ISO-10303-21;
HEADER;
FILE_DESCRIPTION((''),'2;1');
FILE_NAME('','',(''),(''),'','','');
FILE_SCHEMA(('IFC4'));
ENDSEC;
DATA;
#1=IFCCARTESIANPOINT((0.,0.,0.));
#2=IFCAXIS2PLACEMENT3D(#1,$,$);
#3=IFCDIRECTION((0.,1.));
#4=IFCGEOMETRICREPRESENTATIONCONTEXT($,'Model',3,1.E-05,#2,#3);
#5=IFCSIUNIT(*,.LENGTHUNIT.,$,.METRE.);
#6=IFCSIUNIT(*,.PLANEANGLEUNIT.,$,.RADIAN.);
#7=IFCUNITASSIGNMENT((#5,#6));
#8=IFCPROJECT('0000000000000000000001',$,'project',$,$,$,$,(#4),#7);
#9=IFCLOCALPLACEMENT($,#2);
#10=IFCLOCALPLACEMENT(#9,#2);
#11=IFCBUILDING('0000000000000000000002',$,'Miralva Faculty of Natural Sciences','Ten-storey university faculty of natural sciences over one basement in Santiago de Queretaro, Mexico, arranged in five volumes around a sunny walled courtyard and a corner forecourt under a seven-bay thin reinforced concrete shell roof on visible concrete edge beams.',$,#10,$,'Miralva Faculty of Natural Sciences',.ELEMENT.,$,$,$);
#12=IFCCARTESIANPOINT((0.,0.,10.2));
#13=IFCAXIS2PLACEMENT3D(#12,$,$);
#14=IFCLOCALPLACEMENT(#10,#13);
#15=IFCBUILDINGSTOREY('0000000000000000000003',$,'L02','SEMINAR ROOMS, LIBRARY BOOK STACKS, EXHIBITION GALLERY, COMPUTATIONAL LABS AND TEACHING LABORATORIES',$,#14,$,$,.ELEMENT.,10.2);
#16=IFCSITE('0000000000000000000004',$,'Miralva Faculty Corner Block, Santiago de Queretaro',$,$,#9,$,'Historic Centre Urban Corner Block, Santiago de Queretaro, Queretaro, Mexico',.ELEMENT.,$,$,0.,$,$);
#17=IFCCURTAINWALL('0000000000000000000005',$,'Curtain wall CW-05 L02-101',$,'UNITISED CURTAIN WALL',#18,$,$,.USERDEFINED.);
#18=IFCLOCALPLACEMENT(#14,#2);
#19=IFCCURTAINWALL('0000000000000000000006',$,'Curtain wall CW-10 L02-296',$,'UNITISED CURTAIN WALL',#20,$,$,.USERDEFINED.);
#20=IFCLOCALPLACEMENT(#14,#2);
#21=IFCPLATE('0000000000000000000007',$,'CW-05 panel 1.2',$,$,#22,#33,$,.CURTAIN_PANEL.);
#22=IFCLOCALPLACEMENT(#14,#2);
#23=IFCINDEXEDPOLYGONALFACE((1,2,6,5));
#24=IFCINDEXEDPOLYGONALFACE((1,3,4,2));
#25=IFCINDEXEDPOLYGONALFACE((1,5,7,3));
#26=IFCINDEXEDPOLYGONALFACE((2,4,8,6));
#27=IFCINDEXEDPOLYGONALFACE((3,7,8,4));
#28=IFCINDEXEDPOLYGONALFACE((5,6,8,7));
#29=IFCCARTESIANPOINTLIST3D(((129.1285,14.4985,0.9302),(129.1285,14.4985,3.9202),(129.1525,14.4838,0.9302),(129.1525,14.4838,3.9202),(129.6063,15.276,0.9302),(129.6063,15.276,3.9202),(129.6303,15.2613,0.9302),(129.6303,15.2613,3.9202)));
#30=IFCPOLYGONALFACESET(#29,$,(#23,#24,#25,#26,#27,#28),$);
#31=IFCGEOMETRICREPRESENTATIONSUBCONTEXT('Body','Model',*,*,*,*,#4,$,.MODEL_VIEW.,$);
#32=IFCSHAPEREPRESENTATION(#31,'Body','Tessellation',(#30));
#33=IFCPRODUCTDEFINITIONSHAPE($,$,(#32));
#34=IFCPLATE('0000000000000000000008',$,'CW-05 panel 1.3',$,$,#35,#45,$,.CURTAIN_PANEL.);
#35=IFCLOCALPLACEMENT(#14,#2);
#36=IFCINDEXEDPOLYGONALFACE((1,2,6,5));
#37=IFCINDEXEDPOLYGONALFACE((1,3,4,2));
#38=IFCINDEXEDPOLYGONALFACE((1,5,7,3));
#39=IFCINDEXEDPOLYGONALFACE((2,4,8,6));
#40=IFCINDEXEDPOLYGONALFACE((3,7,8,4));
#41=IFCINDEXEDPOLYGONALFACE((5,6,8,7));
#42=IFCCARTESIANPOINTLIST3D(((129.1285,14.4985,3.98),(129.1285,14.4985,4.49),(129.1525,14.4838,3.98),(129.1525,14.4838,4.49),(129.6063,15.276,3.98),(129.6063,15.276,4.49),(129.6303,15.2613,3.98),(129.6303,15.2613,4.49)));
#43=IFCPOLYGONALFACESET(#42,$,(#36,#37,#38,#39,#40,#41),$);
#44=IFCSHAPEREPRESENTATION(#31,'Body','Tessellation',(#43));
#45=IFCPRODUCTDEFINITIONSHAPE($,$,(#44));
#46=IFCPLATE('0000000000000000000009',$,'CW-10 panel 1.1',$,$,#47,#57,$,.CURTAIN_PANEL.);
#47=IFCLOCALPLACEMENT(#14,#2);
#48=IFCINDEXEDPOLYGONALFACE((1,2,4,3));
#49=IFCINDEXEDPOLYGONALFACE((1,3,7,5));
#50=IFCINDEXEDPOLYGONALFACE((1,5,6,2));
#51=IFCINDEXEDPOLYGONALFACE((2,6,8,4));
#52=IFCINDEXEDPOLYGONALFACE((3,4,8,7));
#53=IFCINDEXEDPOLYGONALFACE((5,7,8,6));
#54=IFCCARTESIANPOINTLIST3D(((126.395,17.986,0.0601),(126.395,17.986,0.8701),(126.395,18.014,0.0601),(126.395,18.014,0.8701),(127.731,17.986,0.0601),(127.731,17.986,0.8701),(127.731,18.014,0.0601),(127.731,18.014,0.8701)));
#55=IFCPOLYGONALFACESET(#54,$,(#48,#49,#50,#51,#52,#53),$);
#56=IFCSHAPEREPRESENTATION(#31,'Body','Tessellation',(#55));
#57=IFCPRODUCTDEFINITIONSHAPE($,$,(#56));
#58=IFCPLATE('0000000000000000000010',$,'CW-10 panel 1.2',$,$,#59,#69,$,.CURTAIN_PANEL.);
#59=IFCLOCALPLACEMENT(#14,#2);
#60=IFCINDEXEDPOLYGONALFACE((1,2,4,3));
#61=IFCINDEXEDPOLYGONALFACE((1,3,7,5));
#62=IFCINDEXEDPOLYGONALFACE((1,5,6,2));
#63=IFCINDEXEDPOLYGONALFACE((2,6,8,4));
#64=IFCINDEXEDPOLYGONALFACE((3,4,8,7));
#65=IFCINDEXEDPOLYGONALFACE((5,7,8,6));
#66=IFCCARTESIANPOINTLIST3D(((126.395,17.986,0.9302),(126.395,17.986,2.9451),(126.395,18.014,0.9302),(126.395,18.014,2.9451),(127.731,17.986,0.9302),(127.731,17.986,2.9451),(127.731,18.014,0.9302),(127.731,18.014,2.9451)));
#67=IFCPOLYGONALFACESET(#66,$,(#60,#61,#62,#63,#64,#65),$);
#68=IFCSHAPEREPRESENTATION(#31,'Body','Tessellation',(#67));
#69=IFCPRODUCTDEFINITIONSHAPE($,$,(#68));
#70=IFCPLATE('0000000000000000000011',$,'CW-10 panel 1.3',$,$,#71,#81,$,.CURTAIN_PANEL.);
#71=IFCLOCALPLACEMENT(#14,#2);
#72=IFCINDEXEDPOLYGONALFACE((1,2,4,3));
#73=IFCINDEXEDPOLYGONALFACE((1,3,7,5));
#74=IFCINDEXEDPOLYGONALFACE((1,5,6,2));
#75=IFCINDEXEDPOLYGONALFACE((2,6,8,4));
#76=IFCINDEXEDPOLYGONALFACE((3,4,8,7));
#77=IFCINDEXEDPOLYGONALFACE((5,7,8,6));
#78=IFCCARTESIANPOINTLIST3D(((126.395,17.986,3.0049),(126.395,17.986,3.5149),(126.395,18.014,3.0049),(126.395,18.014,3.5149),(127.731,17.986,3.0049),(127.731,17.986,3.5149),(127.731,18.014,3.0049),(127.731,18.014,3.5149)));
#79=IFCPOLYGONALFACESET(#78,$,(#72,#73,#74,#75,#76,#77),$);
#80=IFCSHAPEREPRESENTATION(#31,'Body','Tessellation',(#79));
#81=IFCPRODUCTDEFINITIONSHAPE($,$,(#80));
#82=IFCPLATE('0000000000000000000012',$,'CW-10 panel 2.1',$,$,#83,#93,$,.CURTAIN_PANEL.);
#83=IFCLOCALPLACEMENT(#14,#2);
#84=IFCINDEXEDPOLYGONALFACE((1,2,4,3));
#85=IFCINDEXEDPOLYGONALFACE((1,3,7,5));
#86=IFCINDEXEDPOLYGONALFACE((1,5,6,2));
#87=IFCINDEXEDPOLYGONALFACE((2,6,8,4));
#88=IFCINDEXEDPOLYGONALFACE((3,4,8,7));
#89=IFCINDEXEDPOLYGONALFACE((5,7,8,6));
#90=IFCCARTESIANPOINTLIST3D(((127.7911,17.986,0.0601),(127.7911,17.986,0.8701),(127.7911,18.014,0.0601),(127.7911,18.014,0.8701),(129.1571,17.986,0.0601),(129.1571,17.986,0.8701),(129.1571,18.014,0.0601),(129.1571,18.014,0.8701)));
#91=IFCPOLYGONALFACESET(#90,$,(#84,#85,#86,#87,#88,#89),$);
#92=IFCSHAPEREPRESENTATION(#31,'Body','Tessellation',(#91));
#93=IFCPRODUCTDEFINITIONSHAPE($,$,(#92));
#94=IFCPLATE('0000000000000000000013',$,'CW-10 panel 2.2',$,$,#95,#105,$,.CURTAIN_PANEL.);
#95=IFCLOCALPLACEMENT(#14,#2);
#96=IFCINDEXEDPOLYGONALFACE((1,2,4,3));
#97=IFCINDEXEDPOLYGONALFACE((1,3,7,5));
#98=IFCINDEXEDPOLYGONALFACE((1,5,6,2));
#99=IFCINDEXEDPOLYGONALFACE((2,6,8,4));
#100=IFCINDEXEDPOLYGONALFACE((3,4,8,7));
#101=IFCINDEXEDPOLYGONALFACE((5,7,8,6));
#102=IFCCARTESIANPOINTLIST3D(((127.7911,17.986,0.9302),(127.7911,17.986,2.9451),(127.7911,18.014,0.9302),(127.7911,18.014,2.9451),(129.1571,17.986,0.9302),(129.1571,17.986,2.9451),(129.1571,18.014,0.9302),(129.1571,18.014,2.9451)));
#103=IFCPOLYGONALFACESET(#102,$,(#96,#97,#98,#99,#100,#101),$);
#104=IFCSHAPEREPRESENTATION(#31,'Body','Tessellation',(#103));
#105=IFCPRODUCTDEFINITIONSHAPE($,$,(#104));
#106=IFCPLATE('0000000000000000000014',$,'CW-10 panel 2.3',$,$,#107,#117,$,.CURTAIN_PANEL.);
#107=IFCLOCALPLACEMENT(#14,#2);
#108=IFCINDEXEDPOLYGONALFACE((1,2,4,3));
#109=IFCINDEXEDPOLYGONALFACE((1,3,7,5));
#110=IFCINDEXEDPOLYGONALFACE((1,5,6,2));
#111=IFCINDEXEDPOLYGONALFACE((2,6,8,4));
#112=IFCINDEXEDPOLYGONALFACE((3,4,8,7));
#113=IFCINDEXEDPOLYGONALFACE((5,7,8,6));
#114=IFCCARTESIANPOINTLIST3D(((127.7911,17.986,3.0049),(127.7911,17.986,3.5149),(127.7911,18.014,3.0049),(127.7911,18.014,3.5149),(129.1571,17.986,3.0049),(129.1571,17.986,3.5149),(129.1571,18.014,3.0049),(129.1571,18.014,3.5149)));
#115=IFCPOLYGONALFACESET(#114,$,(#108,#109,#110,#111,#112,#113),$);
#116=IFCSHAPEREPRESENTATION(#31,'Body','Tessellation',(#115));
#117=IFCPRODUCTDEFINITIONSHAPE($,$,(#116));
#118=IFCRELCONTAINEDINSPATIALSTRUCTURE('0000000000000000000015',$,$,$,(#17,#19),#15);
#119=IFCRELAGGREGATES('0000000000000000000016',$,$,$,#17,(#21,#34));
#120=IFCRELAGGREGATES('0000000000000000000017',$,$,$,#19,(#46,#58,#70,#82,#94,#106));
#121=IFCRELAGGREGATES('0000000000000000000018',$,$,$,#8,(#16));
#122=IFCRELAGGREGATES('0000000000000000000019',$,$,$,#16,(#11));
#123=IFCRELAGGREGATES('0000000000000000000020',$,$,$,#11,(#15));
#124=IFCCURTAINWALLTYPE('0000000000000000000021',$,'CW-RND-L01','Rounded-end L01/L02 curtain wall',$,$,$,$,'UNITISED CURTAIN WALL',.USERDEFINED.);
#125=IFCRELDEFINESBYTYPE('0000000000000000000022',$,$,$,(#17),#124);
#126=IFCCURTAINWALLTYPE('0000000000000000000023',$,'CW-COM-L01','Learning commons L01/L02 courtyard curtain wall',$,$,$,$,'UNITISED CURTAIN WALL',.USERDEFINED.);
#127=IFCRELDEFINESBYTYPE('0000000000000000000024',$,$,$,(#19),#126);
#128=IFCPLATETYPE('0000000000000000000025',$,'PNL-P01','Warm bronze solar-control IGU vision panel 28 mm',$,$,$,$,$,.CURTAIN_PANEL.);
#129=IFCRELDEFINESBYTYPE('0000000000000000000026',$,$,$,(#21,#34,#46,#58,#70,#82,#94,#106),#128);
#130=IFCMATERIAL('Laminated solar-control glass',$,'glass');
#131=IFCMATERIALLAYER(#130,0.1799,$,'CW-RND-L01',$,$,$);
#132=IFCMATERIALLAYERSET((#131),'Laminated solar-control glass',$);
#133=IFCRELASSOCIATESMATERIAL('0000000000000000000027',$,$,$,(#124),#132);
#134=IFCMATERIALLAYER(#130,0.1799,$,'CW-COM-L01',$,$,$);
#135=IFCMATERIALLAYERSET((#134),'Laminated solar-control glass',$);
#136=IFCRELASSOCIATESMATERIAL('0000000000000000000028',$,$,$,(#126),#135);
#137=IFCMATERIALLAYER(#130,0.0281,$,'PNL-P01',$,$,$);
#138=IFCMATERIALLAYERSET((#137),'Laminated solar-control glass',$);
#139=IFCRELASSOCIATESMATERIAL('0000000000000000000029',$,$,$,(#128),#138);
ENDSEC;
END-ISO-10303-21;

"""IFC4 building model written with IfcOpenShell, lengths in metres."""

from ifc_helpers import new_model, si_unit, direction, frame, origin, origin_2d, place, context, subcontext, project, spatial, rectangle, extrude, material, layer, layer_set, type_object, element, aggregate, save


model = new_model("IFC4")

# Units and contexts
model_context = context("Model", 3, precision=1e-05, world=origin(), true_north=direction((0.0, 1.0)))
body_context = subcontext(model_context, "Body", "Model", "MODEL_VIEW")
ifc_project = project(units=[si_unit("LENGTHUNIT", "METRE"), si_unit("PLANEANGLEUNIT", "RADIAN")], contexts=[model_context])

# Site, building, storey
site_placement = place(None, origin())
site = spatial("IfcSite", under=ifc_project, at=site_placement, Name="Miralva Faculty Corner Block, Santiago de Queretaro", LongName="Historic Centre Urban Corner Block, Santiago de Queretaro, Queretaro, Mexico", CompositionType="ELEMENT", RefElevation=0.0)
building_placement = place(site_placement, origin())
building = spatial("IfcBuilding", under=site, at=building_placement, Name="Miralva Faculty of Natural Sciences", Description="Ten-storey university faculty of natural sciences over one basement in Santiago de Queretaro, Mexico, arranged in five volumes around a sunny walled courtyard and a corner forecourt under a seven-bay thin reinforced concrete shell roof on visible concrete edge beams.", LongName="Miralva Faculty of Natural Sciences", CompositionType="ELEMENT")
storey_placement = place(building_placement, frame((0.0, 0.0, 10.2)))
storey = spatial("IfcBuildingStorey", under=building, at=storey_placement, Name="L02", Description="SEMINAR ROOMS, LIBRARY BOOK STACKS, EXHIBITION GALLERY, COMPUTATIONAL LABS AND TEACHING LABORATORIES", CompositionType="ELEMENT", Elevation=10.2)

# Curtain wall
ifc_material_1 = material(Name="Laminated solar-control glass", Category="glass")
ifc_layer_1 = layer(ifc_material_1, 0.1799, Name="CW-RND-L01")
ifc_layer_set_1 = layer_set([ifc_layer_1], Name="Laminated solar-control glass")
curtain_wall_type_1 = type_object("IfcCurtainWallType", Name="CW-RND-L01", Description="Rounded-end L01/L02 curtain wall", ElementType="UNITISED CURTAIN WALL", PredefinedType="USERDEFINED", material=ifc_layer_set_1)
curtain_wall_1_placement = place(storey_placement, origin())
curtain_wall_1 = element("IfcCurtainWall", 1, at=curtain_wall_1_placement, inside=storey, type_object=curtain_wall_type_1, Name="Curtain wall CW-05 L02-101", ObjectType="UNITISED CURTAIN WALL", PredefinedType="USERDEFINED")

# Curtain wall
ifc_layer_2 = layer(ifc_material_1, 0.1799, Name="CW-COM-L01")
ifc_layer_set_2 = layer_set([ifc_layer_2], Name="Laminated solar-control glass")
curtain_wall_type_2 = type_object("IfcCurtainWallType", Name="CW-COM-L01", Description="Learning commons L01/L02 courtyard curtain wall", ElementType="UNITISED CURTAIN WALL", PredefinedType="USERDEFINED", material=ifc_layer_set_2)
curtain_wall_2_placement = place(storey_placement, origin())
curtain_wall_2 = element("IfcCurtainWall", 2, at=curtain_wall_2_placement, inside=storey, type_object=curtain_wall_type_2, Name="Curtain wall CW-10 L02-296", ObjectType="UNITISED CURTAIN WALL", PredefinedType="USERDEFINED")

# Plates
ifc_layer_3 = layer(ifc_material_1, 0.0281, Name="PNL-P01")
ifc_layer_set_3 = layer_set([ifc_layer_3], Name="Laminated solar-control glass")
plate_type = type_object("IfcPlateType", Name="PNL-P01", Description="Warm bronze solar-control IGU vision panel 28 mm", PredefinedType="CURTAIN_PANEL", material=ifc_layer_set_3)
plate_1_placement = place(storey_placement, frame((129.3794, 14.8799, 0.9302), z_axis=(0.0, 0.0, 1.0), x_axis=(0.523551, 0.851995, 0.0)))
plate_1 = element("IfcPlate", 3, at=plate_1_placement, type_object=plate_type, Name="CW-05 panel 1.2", PredefinedType="CURTAIN_PANEL", context=body_context, shape_type="SweptSolid", body=[
    extrude(rectangle(XDim=0.9126, YDim=0.0281, at=origin_2d()), origin(), (0.0, 0.0, 1.0), 2.99),
])
plate_2_placement = place(storey_placement, frame((129.3794, 14.8799, 3.98), z_axis=(0.0, 0.0, 1.0), x_axis=(0.523551, 0.851995, 0.0)))
plate_2 = element("IfcPlate", 4, at=plate_2_placement, type_object=plate_type, Name="CW-05 panel 1.3", PredefinedType="CURTAIN_PANEL", context=body_context, shape_type="SweptSolid", body=[
    extrude(rectangle(XDim=0.9126, YDim=0.0281, at=origin_2d()), origin(), (0.0, 0.0, 1.0), 0.51),
])
aggregate(curtain_wall_1, [plate_1, plate_2])
plate_3_placement = place(storey_placement, frame((127.063, 18.0, 0.0601), z_axis=(0.0, 0.0, 1.0), x_axis=(1.0, 0.0, 0.0)))
plate_3 = element("IfcPlate", 5, at=plate_3_placement, type_object=plate_type, Name="CW-10 panel 1.1", PredefinedType="CURTAIN_PANEL", context=body_context, shape_type="SweptSolid", body=[
    extrude(rectangle(XDim=1.3359, YDim=0.0281, at=origin_2d()), origin(), (0.0, 0.0, 1.0), 0.8101),
])
plate_4_placement = place(storey_placement, frame((127.063, 18.0, 0.9302), z_axis=(0.0, 0.0, 1.0), x_axis=(1.0, 0.0, 0.0)))
plate_4 = element("IfcPlate", 6, at=plate_4_placement, type_object=plate_type, Name="CW-10 panel 1.2", PredefinedType="CURTAIN_PANEL", context=body_context, shape_type="SweptSolid", body=[
    extrude(rectangle(XDim=1.3359, YDim=0.0281, at=origin_2d()), origin(), (0.0, 0.0, 1.0), 2.0149),
])
plate_5_placement = place(storey_placement, frame((127.063, 18.0, 3.0049), z_axis=(0.0, 0.0, 1.0), x_axis=(1.0, 0.0, 0.0)))
plate_5 = element("IfcPlate", 7, at=plate_5_placement, type_object=plate_type, Name="CW-10 panel 1.3", PredefinedType="CURTAIN_PANEL", context=body_context, shape_type="SweptSolid", body=[
    extrude(rectangle(XDim=1.3359, YDim=0.0281, at=origin_2d()), origin(), (0.0, 0.0, 1.0), 0.51),
])
plate_6_placement = place(storey_placement, frame((128.4741, 18.0, 0.0601), z_axis=(0.0, 0.0, 1.0), x_axis=(1.0, 0.0, 0.0)))
plate_6 = element("IfcPlate", 8, at=plate_6_placement, type_object=plate_type, Name="CW-10 panel 2.1", PredefinedType="CURTAIN_PANEL", context=body_context, shape_type="SweptSolid", body=[
    extrude(rectangle(XDim=1.366, YDim=0.0281, at=origin_2d()), origin(), (0.0, 0.0, 1.0), 0.8101),
])
plate_7_placement = place(storey_placement, frame((128.4741, 18.0, 0.9302), z_axis=(0.0, 0.0, 1.0), x_axis=(1.0, 0.0, 0.0)))
plate_7 = element("IfcPlate", 9, at=plate_7_placement, type_object=plate_type, Name="CW-10 panel 2.2", PredefinedType="CURTAIN_PANEL", context=body_context, shape_type="SweptSolid", body=[
    extrude(rectangle(XDim=1.366, YDim=0.0281, at=origin_2d()), origin(), (0.0, 0.0, 1.0), 2.0149),
])
plate_8_placement = place(storey_placement, frame((128.4741, 18.0, 3.0049), z_axis=(0.0, 0.0, 1.0), x_axis=(1.0, 0.0, 0.0)))
plate_8 = element("IfcPlate", 10, at=plate_8_placement, type_object=plate_type, Name="CW-10 panel 2.3", PredefinedType="CURTAIN_PANEL", context=body_context, shape_type="SweptSolid", body=[
    extrude(rectangle(XDim=1.366, YDim=0.0281, at=origin_2d()), origin(), (0.0, 0.0, 1.0), 0.51),
])
aggregate(curtain_wall_2, [plate_3, plate_4, plate_5, plate_6, plate_7, plate_8])

save(model, "model.ifc")
